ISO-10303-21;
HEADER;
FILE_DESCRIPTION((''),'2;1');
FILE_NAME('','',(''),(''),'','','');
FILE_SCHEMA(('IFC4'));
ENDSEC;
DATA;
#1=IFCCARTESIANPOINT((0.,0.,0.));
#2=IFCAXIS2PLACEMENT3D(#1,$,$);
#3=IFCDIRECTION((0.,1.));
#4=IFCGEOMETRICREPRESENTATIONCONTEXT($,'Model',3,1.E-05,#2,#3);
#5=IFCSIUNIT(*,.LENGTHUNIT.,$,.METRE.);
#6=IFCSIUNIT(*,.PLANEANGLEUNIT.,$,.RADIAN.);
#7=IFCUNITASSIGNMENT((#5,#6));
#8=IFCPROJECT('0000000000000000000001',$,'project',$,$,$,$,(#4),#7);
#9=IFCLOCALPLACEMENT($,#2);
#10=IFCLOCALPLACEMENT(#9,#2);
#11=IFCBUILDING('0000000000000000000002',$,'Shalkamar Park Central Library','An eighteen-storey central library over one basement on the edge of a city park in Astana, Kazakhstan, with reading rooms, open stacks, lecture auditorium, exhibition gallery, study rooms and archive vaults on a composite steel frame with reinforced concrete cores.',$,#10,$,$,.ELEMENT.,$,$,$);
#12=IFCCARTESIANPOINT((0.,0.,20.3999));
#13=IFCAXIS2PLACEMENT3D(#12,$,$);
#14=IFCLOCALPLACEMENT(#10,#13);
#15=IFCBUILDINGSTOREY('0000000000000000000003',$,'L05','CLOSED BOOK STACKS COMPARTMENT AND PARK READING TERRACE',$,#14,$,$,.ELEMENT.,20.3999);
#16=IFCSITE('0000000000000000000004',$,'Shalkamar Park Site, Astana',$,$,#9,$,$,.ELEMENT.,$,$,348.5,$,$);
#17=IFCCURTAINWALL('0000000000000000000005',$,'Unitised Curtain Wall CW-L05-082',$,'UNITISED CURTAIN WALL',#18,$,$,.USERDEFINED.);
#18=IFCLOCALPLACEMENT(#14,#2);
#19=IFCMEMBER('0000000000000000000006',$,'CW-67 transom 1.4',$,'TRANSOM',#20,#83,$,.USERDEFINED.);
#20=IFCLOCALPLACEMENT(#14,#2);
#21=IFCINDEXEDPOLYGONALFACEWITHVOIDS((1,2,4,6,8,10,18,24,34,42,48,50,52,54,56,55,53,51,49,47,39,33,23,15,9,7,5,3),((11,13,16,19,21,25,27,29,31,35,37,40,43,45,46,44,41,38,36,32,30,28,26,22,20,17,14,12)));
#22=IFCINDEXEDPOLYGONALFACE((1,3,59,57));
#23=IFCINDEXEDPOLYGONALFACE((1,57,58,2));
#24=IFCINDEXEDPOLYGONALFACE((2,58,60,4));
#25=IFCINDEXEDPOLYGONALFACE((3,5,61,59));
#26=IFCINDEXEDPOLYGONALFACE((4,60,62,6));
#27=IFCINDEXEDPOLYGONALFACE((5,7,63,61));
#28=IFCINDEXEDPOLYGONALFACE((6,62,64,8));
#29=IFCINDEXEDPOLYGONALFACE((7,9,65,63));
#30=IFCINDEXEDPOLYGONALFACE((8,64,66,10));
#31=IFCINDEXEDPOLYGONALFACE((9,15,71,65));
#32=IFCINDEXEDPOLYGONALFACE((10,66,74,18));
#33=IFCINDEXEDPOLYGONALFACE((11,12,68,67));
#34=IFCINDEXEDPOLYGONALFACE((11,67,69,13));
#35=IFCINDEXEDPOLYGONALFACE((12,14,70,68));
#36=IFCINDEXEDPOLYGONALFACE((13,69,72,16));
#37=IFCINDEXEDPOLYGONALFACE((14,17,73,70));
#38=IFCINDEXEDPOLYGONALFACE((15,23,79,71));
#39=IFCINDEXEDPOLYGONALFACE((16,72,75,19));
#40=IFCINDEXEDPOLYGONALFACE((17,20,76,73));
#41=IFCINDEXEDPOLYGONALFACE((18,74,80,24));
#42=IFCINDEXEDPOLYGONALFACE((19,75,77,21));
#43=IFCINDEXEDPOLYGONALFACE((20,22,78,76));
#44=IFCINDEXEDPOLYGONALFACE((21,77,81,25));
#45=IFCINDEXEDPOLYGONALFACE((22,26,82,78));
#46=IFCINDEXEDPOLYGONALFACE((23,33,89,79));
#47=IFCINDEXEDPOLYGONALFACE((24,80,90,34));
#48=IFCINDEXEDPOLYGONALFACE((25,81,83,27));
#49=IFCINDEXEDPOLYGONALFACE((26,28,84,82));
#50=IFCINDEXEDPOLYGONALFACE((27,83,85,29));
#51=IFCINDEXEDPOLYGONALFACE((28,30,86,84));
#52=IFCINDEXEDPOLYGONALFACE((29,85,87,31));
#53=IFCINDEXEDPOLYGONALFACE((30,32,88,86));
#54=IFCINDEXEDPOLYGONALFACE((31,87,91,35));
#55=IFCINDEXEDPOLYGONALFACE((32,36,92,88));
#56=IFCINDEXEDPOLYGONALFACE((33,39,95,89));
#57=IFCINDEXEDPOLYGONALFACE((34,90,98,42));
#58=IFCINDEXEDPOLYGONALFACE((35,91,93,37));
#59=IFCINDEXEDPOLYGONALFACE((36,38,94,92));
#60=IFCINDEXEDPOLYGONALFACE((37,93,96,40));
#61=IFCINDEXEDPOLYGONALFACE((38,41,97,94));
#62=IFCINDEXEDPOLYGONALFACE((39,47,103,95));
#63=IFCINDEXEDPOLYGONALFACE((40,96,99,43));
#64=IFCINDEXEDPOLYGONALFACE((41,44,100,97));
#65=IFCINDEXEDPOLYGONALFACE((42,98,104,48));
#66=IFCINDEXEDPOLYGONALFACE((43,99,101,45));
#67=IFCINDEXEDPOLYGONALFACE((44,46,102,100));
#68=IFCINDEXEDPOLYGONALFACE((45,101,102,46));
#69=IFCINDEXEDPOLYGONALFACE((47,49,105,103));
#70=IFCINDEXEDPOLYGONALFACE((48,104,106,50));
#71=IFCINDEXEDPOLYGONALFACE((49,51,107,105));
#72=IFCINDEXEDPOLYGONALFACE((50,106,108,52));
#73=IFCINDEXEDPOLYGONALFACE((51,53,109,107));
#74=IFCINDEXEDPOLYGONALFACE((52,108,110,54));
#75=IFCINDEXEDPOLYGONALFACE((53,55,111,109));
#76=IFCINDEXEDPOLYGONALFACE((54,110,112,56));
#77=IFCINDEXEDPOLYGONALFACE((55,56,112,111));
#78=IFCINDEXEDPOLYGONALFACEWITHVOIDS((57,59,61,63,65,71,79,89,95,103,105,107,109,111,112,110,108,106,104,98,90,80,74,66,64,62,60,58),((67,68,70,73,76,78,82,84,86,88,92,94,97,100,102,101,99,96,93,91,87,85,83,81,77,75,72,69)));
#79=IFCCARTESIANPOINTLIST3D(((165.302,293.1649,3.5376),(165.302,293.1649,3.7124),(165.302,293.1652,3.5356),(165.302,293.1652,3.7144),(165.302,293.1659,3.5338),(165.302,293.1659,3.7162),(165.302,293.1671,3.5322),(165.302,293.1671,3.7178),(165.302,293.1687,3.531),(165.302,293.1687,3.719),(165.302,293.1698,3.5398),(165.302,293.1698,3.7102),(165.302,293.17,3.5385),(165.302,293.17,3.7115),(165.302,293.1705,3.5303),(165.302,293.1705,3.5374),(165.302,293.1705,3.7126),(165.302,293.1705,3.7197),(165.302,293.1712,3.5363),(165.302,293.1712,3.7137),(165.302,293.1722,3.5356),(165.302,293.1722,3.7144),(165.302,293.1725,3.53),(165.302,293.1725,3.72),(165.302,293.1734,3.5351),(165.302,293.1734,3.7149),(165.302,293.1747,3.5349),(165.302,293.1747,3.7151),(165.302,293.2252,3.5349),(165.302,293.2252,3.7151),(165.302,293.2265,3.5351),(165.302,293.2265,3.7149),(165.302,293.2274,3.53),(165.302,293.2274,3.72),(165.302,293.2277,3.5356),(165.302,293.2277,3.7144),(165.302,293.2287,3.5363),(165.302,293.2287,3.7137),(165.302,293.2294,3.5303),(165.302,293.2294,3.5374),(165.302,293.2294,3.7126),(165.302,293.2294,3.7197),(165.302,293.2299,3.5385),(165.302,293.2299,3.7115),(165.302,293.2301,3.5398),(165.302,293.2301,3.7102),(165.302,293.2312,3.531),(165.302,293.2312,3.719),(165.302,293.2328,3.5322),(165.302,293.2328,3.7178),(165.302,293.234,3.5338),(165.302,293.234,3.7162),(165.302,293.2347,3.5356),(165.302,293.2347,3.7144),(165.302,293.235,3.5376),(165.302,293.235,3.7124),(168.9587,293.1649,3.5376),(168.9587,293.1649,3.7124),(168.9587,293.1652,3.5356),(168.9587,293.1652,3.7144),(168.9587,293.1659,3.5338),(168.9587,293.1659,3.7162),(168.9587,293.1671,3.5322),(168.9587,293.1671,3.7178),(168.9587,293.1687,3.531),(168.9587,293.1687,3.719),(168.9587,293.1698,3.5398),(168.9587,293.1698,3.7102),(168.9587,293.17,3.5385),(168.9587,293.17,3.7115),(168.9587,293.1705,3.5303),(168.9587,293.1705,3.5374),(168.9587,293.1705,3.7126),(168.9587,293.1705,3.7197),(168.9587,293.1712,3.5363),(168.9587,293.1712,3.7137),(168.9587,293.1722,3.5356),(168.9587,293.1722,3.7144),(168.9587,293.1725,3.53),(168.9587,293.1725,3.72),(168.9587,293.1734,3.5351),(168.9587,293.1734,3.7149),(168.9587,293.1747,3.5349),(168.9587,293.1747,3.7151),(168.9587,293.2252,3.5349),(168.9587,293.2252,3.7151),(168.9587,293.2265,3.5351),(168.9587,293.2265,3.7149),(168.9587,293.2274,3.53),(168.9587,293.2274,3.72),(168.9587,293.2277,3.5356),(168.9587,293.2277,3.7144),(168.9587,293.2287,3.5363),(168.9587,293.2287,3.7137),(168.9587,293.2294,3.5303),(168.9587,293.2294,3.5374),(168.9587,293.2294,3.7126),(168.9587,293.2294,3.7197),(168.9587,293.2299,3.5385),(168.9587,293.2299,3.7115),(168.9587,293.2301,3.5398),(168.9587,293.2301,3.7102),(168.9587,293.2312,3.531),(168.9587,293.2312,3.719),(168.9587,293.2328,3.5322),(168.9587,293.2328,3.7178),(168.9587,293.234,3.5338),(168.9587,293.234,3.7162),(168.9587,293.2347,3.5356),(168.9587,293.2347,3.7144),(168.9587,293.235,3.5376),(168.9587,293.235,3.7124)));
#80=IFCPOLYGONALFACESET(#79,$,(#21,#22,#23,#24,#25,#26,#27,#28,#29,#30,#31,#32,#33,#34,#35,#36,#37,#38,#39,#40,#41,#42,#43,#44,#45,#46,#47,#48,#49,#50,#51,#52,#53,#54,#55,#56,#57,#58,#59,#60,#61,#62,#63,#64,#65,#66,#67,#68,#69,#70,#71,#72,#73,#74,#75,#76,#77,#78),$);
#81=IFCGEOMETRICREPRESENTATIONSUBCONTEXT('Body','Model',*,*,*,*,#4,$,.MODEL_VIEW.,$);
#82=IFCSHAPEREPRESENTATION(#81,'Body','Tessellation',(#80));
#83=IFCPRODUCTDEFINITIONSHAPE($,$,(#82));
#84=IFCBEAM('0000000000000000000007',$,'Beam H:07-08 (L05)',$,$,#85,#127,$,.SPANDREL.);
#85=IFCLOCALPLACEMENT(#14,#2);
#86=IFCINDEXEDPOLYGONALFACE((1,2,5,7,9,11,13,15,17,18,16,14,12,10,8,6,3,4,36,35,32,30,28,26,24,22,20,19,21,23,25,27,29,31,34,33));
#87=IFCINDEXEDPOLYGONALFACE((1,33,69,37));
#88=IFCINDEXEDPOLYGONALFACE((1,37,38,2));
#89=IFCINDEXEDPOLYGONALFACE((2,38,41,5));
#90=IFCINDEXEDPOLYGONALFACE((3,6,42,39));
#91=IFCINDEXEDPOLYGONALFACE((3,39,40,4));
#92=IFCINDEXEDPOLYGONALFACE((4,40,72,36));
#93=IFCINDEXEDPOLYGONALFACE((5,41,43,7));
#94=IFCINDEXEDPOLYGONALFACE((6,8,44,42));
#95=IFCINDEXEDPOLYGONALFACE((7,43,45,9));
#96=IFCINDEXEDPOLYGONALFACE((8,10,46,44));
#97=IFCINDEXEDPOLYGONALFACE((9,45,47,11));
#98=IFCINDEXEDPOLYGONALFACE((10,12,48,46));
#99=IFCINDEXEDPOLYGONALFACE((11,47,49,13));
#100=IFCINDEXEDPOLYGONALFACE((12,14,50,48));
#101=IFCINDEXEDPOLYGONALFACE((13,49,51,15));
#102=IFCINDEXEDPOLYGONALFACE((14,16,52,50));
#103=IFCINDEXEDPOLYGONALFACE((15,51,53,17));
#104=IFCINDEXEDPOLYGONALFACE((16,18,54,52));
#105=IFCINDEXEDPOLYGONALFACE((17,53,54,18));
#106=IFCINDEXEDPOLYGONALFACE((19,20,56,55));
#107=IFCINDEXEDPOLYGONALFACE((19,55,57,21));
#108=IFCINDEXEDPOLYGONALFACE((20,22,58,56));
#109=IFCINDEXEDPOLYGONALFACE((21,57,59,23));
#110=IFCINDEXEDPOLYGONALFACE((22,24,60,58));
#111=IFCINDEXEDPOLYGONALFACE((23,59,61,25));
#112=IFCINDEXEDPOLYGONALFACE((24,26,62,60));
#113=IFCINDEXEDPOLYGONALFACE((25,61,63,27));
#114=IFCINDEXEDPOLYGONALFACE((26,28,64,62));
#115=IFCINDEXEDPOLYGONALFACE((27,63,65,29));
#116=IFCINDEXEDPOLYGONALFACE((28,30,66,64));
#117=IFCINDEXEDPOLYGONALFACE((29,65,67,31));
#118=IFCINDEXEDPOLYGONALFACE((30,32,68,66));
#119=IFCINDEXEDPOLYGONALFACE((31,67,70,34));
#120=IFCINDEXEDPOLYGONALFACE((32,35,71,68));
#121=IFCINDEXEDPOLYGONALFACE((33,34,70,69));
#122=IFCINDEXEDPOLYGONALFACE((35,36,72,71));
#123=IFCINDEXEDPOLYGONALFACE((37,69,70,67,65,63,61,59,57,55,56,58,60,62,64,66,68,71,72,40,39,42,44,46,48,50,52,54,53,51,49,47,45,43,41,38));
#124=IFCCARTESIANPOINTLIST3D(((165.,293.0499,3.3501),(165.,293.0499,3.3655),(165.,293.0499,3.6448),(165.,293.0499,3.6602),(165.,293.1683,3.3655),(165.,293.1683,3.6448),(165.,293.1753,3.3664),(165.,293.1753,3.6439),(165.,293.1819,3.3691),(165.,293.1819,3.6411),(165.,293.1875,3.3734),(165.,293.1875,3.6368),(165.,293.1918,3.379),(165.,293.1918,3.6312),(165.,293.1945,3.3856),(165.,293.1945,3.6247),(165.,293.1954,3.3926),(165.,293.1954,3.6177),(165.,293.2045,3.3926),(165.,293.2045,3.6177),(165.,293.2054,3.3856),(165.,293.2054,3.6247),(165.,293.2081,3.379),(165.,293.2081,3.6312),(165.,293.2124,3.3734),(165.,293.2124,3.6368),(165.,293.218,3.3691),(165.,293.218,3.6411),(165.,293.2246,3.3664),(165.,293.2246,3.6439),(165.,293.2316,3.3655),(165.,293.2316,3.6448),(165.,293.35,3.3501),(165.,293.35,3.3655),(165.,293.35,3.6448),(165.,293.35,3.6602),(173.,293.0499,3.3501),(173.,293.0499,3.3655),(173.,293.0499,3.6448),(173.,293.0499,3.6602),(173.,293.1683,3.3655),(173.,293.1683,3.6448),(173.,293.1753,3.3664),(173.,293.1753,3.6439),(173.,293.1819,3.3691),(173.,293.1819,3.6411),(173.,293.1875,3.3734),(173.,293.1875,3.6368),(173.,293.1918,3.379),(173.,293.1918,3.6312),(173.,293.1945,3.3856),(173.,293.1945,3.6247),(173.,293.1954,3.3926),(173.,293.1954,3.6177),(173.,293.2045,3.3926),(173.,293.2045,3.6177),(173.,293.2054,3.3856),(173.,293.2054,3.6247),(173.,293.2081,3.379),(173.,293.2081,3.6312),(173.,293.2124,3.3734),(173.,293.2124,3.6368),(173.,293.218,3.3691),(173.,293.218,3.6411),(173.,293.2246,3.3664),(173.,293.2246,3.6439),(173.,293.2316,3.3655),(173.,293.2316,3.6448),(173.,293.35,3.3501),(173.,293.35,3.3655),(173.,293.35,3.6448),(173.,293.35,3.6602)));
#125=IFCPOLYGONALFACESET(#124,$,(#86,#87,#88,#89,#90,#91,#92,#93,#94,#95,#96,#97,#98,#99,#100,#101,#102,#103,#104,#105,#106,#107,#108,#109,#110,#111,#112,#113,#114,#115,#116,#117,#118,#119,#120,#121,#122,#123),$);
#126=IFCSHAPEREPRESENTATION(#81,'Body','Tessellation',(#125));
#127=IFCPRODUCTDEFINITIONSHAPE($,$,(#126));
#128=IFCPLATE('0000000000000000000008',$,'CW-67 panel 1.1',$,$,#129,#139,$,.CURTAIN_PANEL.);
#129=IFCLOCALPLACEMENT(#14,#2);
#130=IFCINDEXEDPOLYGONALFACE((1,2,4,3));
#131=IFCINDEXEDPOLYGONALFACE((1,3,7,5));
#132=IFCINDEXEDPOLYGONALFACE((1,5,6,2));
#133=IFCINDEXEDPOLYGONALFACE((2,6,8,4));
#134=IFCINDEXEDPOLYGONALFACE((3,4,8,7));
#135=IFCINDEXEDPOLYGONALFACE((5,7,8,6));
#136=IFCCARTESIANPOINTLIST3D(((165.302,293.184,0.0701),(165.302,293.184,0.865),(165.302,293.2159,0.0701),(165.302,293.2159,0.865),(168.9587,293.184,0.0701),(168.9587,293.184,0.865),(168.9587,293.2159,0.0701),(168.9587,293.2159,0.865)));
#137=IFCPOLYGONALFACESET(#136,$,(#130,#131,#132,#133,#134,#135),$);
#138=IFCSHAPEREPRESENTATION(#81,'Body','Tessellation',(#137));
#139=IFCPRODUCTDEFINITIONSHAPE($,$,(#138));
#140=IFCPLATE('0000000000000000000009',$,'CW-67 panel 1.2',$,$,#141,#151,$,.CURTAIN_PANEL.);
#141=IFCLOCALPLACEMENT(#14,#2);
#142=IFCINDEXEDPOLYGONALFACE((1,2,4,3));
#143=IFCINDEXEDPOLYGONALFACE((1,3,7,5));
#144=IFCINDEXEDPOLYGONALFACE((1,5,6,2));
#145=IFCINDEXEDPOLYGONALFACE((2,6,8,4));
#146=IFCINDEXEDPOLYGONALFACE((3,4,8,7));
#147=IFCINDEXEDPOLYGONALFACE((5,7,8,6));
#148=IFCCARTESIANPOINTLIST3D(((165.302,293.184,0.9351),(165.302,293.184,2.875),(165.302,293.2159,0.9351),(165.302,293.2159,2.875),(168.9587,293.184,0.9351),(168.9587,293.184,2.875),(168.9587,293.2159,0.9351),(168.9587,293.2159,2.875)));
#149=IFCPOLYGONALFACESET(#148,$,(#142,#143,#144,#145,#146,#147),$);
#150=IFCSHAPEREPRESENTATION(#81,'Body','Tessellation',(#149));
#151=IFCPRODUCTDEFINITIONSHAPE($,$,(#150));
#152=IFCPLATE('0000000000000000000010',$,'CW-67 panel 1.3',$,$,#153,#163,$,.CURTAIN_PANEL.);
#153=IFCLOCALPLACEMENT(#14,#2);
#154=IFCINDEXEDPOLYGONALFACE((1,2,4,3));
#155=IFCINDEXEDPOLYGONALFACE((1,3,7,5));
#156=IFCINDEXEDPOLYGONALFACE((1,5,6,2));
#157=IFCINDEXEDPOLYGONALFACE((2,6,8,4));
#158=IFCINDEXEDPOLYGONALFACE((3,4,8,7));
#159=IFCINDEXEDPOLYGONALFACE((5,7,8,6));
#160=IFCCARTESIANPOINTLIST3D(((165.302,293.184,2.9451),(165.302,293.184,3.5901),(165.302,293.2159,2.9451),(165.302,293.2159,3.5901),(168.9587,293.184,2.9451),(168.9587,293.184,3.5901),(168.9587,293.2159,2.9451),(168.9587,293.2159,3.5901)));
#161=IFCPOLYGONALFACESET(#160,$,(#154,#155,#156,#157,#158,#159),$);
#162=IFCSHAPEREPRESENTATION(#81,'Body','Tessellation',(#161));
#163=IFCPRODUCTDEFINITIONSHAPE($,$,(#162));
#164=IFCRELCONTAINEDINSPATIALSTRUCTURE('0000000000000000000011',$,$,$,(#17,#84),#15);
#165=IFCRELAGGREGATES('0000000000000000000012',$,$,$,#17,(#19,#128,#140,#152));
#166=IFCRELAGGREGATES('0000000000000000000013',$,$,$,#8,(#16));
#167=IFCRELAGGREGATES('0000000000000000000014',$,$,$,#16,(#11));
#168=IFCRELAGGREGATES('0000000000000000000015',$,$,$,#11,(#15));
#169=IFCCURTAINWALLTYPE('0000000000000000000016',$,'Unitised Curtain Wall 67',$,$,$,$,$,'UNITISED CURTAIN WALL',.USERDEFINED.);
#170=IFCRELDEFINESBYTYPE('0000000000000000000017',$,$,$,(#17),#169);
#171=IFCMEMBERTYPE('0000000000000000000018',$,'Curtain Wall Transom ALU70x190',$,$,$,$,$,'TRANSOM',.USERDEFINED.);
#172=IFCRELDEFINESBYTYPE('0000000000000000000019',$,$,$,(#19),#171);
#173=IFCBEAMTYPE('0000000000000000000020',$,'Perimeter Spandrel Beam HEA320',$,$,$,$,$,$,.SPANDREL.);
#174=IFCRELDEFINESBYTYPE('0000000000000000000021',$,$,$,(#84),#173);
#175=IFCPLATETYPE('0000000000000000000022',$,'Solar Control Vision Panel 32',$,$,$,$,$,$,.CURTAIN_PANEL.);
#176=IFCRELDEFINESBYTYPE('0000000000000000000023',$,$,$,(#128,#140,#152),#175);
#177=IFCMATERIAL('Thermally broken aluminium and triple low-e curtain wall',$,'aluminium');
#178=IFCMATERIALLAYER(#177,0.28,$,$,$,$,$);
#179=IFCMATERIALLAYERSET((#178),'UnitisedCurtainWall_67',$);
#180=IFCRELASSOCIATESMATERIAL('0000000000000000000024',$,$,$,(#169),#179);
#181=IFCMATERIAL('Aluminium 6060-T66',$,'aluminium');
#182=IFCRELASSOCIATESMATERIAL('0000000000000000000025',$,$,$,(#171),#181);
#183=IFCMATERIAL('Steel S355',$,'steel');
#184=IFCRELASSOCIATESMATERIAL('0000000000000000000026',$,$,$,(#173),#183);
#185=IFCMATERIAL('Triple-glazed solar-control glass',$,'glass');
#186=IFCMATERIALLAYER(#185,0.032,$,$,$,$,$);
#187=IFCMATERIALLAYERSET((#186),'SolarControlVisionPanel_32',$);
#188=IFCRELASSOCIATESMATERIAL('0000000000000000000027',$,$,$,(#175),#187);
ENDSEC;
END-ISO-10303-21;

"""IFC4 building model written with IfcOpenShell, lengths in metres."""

from ifc_helpers import new_model, si_unit, direction, frame, origin, origin_2d, place, context, subcontext, project, spatial, rectangle, hollow_rectangle, i_section, extrude, material, layer, layer_set, material_profile, profile_set, type_object, element, aggregate, save


model = new_model("IFC4")

# Units and contexts
model_context = context("Model", 3, precision=1e-05, world=origin(), true_north=direction((0.0, 1.0)))
body_context = subcontext(model_context, "Body", "Model", "MODEL_VIEW")
ifc_project = project(units=[si_unit("LENGTHUNIT", "METRE"), si_unit("PLANEANGLEUNIT", "RADIAN")], contexts=[model_context])

# Site, building, storey
site_placement = place(None, origin())
site = spatial("IfcSite", under=ifc_project, at=site_placement, Name="Shalkamar Park Site, Astana", CompositionType="ELEMENT", RefElevation=348.5)
building_placement = place(site_placement, origin())
building = spatial("IfcBuilding", under=site, at=building_placement, Name="Shalkamar Park Central Library", Description="An eighteen-storey central library over one basement on the edge of a city park in Astana, Kazakhstan, with reading rooms, open stacks, lecture auditorium, exhibition gallery, study rooms and archive vaults on a composite steel frame with reinforced concrete cores.", CompositionType="ELEMENT")
storey_placement = place(building_placement, frame((0.0, 0.0, 20.3999)))
storey = spatial("IfcBuildingStorey", under=building, at=storey_placement, Name="L05", Description="CLOSED BOOK STACKS COMPARTMENT AND PARK READING TERRACE", CompositionType="ELEMENT", Elevation=20.3999)

# Shared definitions
ifc_material_1 = material(Name="Steel S355", Category="steel")

# Curtain wall, member
ifc_material_2 = material(Name="Thermally broken aluminium and triple low-e curtain wall", Category="aluminium")
ifc_layer_1 = layer(ifc_material_2, 0.28)
ifc_layer_set_1 = layer_set([ifc_layer_1], Name="UnitisedCurtainWall_67")
curtain_wall_type = type_object("IfcCurtainWallType", Name="Unitised Curtain Wall 67", ElementType="UNITISED CURTAIN WALL", PredefinedType="USERDEFINED", material=ifc_layer_set_1)
curtain_wall_placement = place(storey_placement, origin())
curtain_wall = element("IfcCurtainWall", 1, at=curtain_wall_placement, inside=storey, type_object=curtain_wall_type, Name="Unitised Curtain Wall CW-L05-082", ObjectType="UNITISED CURTAIN WALL", PredefinedType="USERDEFINED")
ifc_material_3 = material(Name="Aluminium 6060-T66", Category="aluminium")
ifc_material_profile_1 = material_profile(ifc_material_3, hollow_rectangle(XDim=0.0701, YDim=0.1899, WallThickness=0.0049, InnerFilletRadius=0.0049, OuterFilletRadius=0.0076, at=origin_2d()), Name="ALU 70x190x5")
ifc_profile_set_1 = profile_set([ifc_material_profile_1], Name="Aluminium 6060-T66")
member_type_1 = type_object("IfcMemberType", Name="Curtain Wall Transom ALU70x190", ElementType="TRANSOM", PredefinedType="USERDEFINED", material=ifc_profile_set_1)
member_1_placement = place(storey_placement, frame((165.302, 293.2, 3.625), z_axis=(1.0, 0.0, 0.0), x_axis=(0.0, 1.0, 0.0)))
member_1 = element("IfcMember", 2, at=member_1_placement, type_object=member_type_1, Name="CW-67 transom 1.4", ObjectType="TRANSOM", PredefinedType="USERDEFINED", context=body_context, shape_type="SweptSolid", body=[
    extrude(hollow_rectangle(XDim=0.0701, YDim=0.1899, WallThickness=0.0049, InnerFilletRadius=0.0049, OuterFilletRadius=0.0076, at=origin_2d()), origin(), (0.0, 0.0, 1.0), 3.6567),
])

# Beam
ifc_material_profile_2 = material_profile(ifc_material_1, i_section(OverallWidth=0.3, OverallDepth=0.3101, WebThickness=0.009, FlangeThickness=0.0154, FilletRadius=0.0271, at=origin_2d()), Name="HEA 320")
ifc_profile_set_2 = profile_set([ifc_material_profile_2], Name="Steel S355")
beam_type_1 = type_object("IfcBeamType", Name="Perimeter Spandrel Beam HEA320", PredefinedType="SPANDREL", material=ifc_profile_set_2)
beam_1_placement = place(storey_placement, frame((165.0, 293.2, 3.5051), z_axis=(1.0, 0.0, 0.0), x_axis=(0.0, 1.0, 0.0)))
element("IfcBeam", 3, at=beam_1_placement, inside=storey, type_object=beam_type_1, Name="Beam H:07-08 (L05)", PredefinedType="SPANDREL", context=body_context, shape_type="SweptSolid", body=[
    extrude(i_section(OverallWidth=0.3, OverallDepth=0.3101, WebThickness=0.009, FlangeThickness=0.0154, FilletRadius=0.0271, at=origin_2d()), origin(), (0.0, 0.0, 1.0), 8.0),
])

# Plates
ifc_material_4 = material(Name="Triple-glazed solar-control glass", Category="glass")
ifc_layer_2 = layer(ifc_material_4, 0.032)
ifc_layer_set_2 = layer_set([ifc_layer_2], Name="SolarControlVisionPanel_32")
plate_type = type_object("IfcPlateType", Name="Solar Control Vision Panel 32", PredefinedType="CURTAIN_PANEL", material=ifc_layer_set_2)
plate_1_placement = place(storey_placement, frame((167.1304, 293.2, 0.0701), z_axis=(0.0, 0.0, 1.0), x_axis=(1.0, 0.0, 0.0)))
plate_1 = element("IfcPlate", 4, at=plate_1_placement, type_object=plate_type, Name="CW-67 panel 1.1", PredefinedType="CURTAIN_PANEL", context=body_context, shape_type="SweptSolid", body=[
    extrude(rectangle(XDim=3.6567, YDim=0.032, at=origin_2d()), origin(), (0.0, 0.0, 1.0), 0.7949),
])
plate_2_placement = place(storey_placement, frame((167.1304, 293.2, 0.9351), z_axis=(0.0, 0.0, 1.0), x_axis=(1.0, 0.0, 0.0)))
plate_2 = element("IfcPlate", 5, at=plate_2_placement, type_object=plate_type, Name="CW-67 panel 1.2", PredefinedType="CURTAIN_PANEL", context=body_context, shape_type="SweptSolid", body=[
    extrude(rectangle(XDim=3.6567, YDim=0.032, at=origin_2d()), origin(), (0.0, 0.0, 1.0), 1.9399),
])
plate_3_placement = place(storey_placement, frame((167.1304, 293.2, 2.9451), z_axis=(0.0, 0.0, 1.0), x_axis=(1.0, 0.0, 0.0)))
plate_3 = element("IfcPlate", 6, at=plate_3_placement, type_object=plate_type, Name="CW-67 panel 1.3", PredefinedType="CURTAIN_PANEL", context=body_context, shape_type="SweptSolid", body=[
    extrude(rectangle(XDim=3.6567, YDim=0.032, at=origin_2d()), origin(), (0.0, 0.0, 1.0), 0.645),
])
aggregate(curtain_wall, [member_1, plate_1, plate_2, plate_3])

save(model, "model.ifc")
